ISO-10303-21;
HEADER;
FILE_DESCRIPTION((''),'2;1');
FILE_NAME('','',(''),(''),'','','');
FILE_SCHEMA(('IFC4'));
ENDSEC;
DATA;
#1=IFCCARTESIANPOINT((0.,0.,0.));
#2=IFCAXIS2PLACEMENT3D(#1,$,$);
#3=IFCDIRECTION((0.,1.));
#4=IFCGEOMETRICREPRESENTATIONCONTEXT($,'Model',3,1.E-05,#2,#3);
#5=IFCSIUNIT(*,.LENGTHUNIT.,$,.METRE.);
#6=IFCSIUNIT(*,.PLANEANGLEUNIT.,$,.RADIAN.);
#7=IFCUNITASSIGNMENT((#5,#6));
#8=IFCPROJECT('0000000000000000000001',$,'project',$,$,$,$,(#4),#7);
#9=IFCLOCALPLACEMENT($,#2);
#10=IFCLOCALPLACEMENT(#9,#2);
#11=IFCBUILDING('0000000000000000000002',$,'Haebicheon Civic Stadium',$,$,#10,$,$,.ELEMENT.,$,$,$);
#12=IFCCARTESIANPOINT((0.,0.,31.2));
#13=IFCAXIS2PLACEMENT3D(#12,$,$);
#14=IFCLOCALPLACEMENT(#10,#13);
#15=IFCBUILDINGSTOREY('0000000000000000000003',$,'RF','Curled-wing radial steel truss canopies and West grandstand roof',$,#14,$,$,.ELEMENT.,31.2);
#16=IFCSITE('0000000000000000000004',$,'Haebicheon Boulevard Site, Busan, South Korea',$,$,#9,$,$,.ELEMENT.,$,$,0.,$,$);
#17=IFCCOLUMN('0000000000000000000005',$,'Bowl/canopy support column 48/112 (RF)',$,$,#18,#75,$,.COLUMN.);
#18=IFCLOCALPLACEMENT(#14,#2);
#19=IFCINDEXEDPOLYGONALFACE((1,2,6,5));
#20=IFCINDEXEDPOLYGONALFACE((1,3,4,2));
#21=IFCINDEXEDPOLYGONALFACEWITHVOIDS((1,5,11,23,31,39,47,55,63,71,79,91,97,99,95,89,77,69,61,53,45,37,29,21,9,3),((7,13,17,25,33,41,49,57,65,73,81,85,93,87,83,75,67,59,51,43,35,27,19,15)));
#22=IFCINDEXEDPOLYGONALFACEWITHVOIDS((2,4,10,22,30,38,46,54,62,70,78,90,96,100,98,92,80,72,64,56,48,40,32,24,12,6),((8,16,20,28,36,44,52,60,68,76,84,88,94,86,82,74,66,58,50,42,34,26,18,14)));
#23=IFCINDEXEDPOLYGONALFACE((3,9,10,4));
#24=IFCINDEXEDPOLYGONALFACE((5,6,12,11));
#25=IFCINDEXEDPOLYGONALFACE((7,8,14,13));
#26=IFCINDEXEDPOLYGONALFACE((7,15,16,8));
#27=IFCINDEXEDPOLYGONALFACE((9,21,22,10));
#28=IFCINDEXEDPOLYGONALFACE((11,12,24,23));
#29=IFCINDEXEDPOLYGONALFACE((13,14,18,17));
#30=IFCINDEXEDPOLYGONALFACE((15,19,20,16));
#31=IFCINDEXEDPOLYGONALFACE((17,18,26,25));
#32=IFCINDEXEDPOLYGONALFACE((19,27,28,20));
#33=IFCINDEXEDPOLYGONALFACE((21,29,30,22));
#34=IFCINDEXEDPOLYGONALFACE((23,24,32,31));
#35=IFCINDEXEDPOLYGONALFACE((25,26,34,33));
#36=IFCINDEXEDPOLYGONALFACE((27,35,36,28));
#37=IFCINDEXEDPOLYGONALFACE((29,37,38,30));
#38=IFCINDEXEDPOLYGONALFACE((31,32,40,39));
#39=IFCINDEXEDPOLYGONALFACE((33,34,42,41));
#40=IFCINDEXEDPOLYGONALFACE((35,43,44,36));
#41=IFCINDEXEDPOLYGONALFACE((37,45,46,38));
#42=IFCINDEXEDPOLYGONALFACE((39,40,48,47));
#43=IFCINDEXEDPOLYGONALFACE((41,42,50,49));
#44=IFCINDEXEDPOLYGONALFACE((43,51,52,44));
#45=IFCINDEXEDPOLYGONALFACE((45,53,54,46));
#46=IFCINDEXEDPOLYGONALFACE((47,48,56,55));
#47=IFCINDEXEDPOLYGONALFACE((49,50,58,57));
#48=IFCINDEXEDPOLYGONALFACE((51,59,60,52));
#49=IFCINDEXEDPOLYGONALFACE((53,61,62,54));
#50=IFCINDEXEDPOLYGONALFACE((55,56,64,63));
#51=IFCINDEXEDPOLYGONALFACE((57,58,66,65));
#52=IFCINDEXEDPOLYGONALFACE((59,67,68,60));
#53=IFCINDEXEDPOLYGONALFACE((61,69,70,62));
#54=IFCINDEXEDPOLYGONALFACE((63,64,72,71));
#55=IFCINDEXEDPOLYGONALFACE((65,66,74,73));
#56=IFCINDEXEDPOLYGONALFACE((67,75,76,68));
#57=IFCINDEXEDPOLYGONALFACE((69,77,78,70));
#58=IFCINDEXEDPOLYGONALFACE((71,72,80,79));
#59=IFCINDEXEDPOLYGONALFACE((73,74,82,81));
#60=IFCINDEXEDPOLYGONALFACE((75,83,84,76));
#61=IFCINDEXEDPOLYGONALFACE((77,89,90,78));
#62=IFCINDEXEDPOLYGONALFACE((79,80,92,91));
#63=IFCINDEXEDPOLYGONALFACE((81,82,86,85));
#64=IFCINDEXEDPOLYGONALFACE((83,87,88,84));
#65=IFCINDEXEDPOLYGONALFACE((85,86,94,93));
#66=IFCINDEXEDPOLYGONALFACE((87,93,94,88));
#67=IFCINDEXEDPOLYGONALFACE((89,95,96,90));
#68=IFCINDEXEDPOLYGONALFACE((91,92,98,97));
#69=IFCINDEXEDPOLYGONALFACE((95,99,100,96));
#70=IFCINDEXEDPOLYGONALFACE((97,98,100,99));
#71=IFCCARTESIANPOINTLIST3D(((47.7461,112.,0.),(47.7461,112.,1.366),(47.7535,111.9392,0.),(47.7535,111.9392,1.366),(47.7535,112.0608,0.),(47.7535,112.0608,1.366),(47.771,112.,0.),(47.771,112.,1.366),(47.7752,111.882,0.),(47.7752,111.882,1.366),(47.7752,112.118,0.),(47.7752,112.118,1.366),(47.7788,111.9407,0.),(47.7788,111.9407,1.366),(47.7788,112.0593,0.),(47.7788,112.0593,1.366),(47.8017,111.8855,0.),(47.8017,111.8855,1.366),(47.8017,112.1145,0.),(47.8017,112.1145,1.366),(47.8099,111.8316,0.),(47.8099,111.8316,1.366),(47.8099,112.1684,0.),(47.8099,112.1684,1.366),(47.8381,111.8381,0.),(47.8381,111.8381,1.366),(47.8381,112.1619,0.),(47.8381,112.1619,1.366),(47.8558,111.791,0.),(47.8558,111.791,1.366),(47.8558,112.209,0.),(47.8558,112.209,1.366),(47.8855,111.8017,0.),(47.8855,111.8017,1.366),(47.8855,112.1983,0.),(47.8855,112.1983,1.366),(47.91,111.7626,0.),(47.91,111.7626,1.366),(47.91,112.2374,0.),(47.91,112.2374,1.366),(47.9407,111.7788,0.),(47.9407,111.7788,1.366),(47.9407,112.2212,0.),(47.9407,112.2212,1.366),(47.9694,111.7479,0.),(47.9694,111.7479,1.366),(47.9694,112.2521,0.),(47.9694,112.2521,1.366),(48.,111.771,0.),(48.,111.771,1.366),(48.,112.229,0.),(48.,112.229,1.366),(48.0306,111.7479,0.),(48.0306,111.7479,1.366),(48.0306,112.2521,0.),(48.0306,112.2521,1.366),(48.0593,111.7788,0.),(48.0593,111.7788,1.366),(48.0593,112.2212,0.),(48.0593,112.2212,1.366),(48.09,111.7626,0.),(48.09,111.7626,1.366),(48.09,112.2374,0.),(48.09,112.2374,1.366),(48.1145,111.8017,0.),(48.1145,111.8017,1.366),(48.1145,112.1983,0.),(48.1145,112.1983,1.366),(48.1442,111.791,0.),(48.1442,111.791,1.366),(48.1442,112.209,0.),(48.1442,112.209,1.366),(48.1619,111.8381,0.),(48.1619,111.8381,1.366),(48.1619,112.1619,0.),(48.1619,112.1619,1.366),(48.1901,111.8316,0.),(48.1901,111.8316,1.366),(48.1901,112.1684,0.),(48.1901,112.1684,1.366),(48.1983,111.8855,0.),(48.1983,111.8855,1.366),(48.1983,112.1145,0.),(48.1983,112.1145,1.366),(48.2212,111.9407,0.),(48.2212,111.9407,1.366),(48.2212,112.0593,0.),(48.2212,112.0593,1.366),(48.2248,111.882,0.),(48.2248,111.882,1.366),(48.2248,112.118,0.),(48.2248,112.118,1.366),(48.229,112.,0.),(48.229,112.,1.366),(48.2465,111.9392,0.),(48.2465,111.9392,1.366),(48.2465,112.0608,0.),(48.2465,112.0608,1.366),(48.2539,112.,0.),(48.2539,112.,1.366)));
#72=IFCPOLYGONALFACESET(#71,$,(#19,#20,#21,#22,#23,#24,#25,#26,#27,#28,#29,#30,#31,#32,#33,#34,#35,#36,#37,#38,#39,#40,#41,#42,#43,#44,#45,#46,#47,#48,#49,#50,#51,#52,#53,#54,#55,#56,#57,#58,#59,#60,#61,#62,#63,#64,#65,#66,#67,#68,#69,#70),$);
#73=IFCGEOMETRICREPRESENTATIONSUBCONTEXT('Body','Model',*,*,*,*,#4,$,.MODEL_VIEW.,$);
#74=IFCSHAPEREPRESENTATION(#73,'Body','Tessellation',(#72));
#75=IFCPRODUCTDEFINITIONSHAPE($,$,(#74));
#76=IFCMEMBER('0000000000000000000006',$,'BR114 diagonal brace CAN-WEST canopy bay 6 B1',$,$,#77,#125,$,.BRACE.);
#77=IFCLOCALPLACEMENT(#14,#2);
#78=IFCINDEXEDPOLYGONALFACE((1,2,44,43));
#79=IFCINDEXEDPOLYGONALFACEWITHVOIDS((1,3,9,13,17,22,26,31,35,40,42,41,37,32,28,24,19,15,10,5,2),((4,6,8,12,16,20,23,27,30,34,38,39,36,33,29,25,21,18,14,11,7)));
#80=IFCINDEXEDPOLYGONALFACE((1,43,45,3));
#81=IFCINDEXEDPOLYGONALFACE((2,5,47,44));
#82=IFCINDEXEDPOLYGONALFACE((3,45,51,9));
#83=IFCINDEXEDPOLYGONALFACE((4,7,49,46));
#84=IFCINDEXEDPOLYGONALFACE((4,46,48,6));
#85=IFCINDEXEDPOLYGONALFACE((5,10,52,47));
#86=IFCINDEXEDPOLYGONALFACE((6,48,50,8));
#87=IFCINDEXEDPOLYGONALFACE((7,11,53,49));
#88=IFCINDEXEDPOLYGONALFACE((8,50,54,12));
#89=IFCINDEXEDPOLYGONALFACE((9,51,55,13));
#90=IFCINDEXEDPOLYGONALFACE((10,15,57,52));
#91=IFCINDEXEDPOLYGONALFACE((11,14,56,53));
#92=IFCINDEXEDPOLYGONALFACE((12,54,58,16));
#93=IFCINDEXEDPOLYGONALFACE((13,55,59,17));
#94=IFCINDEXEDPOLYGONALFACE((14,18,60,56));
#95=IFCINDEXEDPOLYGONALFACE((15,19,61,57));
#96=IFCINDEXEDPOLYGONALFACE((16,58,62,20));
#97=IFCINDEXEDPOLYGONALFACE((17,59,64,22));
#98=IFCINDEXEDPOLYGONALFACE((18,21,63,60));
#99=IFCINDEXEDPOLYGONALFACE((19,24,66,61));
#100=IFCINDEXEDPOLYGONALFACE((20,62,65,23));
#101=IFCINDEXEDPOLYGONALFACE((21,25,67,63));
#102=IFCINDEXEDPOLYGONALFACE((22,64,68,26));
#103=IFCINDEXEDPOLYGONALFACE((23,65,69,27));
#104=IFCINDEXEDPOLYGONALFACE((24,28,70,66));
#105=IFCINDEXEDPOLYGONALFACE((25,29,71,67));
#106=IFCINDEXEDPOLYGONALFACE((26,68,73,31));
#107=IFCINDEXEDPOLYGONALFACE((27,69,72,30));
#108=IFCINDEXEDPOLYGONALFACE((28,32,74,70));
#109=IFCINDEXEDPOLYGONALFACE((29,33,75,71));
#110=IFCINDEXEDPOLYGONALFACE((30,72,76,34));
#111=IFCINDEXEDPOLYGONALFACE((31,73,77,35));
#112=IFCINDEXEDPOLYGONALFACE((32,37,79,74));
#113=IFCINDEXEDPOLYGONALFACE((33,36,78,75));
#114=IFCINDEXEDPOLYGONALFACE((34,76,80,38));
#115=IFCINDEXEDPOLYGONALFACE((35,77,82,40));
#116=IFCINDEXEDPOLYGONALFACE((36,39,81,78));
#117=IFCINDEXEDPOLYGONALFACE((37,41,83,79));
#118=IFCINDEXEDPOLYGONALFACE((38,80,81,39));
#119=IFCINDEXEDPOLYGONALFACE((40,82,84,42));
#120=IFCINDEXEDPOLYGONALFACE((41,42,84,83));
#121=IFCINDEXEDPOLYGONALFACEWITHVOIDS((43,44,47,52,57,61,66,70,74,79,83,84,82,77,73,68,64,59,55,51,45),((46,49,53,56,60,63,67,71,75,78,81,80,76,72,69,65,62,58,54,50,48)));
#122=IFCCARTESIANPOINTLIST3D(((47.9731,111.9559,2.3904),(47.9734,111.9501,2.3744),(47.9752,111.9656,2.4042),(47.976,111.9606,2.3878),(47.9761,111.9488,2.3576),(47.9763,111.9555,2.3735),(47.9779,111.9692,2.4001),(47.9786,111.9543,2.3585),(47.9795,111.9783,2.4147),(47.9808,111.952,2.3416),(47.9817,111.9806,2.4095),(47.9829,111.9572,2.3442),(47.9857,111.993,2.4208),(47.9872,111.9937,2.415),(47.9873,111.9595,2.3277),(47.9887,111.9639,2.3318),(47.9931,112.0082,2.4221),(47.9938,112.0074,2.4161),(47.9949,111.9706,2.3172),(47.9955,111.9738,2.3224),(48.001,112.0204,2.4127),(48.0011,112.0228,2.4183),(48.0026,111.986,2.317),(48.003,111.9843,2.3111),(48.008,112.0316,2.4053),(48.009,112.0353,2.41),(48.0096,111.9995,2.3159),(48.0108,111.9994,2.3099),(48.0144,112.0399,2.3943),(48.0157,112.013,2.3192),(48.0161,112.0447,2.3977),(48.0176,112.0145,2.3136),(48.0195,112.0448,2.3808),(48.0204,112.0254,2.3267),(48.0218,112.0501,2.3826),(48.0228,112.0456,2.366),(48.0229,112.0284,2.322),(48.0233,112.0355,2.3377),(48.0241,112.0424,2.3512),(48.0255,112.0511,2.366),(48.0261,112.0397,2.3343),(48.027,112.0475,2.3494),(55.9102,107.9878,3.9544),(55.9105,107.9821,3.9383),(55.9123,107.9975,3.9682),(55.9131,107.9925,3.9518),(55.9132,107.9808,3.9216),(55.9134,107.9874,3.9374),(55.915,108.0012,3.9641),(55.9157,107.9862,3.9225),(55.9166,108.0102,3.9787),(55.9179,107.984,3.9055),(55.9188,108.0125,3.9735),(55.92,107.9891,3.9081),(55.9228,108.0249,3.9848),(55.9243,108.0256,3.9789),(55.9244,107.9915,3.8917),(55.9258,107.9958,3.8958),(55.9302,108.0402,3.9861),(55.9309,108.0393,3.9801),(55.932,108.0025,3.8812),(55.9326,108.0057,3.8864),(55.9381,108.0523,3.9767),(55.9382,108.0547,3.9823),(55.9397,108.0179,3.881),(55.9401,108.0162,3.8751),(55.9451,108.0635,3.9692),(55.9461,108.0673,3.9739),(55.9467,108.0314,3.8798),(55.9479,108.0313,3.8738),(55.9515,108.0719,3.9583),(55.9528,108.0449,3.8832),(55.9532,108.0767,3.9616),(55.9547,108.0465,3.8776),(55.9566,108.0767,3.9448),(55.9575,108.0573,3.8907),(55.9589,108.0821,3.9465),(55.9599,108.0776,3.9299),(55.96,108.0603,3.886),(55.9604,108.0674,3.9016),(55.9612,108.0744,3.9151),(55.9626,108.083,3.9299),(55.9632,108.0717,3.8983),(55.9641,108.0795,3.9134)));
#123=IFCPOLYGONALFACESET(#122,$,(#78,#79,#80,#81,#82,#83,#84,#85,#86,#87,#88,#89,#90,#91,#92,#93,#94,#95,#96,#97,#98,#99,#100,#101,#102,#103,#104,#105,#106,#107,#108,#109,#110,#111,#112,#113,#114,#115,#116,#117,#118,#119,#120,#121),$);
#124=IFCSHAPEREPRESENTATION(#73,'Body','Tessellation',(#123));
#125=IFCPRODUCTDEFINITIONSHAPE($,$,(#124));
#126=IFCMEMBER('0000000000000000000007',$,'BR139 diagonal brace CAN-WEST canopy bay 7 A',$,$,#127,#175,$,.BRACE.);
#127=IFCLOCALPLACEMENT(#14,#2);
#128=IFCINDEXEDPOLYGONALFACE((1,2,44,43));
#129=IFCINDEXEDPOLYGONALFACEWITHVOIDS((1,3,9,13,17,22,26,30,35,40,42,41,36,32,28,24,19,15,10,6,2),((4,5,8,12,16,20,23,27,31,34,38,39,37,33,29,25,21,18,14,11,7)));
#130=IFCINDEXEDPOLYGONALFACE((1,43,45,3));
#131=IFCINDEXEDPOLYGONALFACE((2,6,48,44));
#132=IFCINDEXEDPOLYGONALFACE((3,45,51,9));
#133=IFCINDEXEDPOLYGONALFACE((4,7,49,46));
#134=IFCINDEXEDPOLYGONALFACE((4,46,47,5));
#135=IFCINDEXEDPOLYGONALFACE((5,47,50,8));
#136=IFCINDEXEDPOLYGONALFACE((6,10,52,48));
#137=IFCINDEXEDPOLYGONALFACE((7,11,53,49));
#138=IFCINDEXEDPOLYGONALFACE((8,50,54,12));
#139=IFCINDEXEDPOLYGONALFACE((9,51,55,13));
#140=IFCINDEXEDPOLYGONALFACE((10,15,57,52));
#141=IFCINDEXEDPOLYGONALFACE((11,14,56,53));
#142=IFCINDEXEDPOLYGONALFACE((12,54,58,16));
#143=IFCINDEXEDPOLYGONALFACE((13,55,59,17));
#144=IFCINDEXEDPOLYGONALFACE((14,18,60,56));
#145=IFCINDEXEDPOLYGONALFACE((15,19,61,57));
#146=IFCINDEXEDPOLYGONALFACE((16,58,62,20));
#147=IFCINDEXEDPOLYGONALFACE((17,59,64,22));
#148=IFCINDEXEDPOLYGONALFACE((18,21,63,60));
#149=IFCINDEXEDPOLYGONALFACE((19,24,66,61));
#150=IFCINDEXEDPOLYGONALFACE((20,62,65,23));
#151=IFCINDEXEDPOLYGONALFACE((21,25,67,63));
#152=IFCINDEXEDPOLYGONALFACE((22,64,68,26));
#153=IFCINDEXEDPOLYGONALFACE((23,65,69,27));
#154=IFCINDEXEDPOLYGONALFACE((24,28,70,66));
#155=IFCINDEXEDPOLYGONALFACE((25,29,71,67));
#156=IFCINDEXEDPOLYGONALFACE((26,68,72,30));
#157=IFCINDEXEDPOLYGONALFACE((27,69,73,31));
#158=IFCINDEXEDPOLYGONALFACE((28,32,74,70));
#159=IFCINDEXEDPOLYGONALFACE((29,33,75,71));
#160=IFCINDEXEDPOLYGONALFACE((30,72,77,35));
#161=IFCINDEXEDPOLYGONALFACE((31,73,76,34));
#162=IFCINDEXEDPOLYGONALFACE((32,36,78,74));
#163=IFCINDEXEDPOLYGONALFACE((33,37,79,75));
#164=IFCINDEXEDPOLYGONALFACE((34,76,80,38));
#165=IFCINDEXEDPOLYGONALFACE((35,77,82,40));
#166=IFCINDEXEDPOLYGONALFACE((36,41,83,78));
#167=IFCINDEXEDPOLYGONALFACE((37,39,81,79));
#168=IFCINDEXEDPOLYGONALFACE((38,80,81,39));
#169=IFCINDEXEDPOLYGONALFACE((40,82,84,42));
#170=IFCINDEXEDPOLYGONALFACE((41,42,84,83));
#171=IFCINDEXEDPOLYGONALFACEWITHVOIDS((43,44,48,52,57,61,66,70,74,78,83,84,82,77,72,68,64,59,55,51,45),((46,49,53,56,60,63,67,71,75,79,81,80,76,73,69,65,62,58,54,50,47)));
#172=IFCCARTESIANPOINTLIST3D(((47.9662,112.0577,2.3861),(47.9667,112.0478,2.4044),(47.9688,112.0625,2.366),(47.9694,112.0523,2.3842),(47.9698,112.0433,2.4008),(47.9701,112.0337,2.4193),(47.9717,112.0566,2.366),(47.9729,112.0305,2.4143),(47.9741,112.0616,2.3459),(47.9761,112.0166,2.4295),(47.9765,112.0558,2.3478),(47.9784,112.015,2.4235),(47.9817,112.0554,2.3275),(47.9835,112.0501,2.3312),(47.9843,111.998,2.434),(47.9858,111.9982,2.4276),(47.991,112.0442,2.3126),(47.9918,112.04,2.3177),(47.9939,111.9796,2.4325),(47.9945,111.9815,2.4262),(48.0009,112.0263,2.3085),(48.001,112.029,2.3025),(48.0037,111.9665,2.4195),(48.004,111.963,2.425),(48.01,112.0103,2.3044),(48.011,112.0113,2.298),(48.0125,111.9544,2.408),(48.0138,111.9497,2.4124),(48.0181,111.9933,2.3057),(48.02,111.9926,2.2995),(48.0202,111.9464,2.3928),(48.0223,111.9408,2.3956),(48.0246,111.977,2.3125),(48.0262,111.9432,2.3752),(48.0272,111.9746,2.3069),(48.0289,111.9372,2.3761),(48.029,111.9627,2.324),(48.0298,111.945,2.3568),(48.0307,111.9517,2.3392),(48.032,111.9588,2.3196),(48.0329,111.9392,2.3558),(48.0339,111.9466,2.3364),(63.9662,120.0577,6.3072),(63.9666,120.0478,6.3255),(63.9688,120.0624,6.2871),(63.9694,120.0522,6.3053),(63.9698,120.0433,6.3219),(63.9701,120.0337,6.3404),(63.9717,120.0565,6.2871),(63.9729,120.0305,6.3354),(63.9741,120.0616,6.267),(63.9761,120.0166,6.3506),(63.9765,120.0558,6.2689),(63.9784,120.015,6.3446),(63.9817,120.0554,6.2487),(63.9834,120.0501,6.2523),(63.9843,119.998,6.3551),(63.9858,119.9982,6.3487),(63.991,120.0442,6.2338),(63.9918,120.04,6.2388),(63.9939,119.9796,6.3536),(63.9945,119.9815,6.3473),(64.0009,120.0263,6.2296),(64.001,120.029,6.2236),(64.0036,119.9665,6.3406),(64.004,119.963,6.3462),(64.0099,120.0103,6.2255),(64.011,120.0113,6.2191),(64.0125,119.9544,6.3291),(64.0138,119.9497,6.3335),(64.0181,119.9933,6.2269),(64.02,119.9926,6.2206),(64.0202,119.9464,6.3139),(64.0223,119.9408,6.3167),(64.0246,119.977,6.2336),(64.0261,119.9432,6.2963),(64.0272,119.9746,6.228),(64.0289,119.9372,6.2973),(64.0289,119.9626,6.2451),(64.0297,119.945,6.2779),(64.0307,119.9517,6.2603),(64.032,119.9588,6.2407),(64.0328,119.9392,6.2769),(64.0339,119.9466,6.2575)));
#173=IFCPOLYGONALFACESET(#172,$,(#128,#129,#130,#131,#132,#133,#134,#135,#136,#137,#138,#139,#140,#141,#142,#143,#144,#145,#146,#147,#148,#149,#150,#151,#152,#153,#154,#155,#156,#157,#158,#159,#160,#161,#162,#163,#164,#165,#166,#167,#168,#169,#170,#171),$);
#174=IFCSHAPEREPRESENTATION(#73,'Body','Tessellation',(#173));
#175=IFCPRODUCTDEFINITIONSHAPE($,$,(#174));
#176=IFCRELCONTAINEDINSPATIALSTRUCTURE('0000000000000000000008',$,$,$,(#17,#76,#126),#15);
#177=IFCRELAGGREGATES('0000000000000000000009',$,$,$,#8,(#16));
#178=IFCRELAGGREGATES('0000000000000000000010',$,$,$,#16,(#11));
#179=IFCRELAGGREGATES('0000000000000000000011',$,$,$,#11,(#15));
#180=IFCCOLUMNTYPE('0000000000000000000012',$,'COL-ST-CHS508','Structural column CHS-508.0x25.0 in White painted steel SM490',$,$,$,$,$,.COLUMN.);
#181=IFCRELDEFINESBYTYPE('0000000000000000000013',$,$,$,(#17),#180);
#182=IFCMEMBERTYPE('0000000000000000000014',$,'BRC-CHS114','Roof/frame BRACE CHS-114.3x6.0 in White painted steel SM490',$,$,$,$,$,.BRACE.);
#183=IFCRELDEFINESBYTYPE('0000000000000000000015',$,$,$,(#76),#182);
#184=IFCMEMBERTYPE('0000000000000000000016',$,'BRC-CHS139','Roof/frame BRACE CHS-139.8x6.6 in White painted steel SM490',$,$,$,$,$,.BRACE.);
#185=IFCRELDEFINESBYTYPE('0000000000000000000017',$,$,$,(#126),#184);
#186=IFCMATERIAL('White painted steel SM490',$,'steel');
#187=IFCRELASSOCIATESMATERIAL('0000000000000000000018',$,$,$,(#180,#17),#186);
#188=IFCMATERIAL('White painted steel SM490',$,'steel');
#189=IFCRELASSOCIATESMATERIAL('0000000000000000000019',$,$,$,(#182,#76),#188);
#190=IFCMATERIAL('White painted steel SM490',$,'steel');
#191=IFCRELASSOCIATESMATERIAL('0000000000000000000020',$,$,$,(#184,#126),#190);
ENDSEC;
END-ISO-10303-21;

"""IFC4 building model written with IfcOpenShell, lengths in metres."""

from ifc_helpers import new_model, si_unit, direction, frame, origin, origin_2d, place, context, subcontext, project, spatial, hollow_circle, extrude, material, material_profile, profile_set, type_object, element, save


model = new_model("IFC4")

# Units and contexts
model_context = context("Model", 3, precision=1e-05, world=origin(), true_north=direction((0.0, 1.0)))
body_context = subcontext(model_context, "Body", "Model", "MODEL_VIEW")
ifc_project = project(units=[si_unit("LENGTHUNIT", "METRE"), si_unit("PLANEANGLEUNIT", "RADIAN")], contexts=[model_context])

# Site, building, storey
site_placement = place(None, origin())
site = spatial("IfcSite", under=ifc_project, at=site_placement, Name="Haebicheon Boulevard Site, Busan, South Korea", CompositionType="ELEMENT", RefElevation=0.0)
building_placement = place(site_placement, origin())
building = spatial("IfcBuilding", under=site, at=building_placement, Name="Haebicheon Civic Stadium", CompositionType="ELEMENT")
storey_placement = place(building_placement, frame((0.0, 0.0, 31.2)))
storey = spatial("IfcBuildingStorey", under=building, at=storey_placement, Name="RF", Description="Curled-wing radial steel truss canopies and West grandstand roof", CompositionType="ELEMENT", Elevation=31.2)

# Column
ifc_material_1 = material(Name="White painted steel SM490", Category="steel")
ifc_material_profile_1 = material_profile(ifc_material_1, hollow_circle(Radius=0.2539, WallThickness=0.0249, at=origin_2d()), Name="CHS-508.0x25.0")
ifc_profile_set_1 = profile_set([ifc_material_profile_1], Name="White painted steel SM490")
column_type = type_object("IfcColumnType", Name="COL-ST-CHS508", Description="Structural column CHS-508.0x25.0 in White painted steel SM490", PredefinedType="COLUMN", material=ifc_profile_set_1)
column_placement = place(storey_placement, frame((48.0, 112.0, 0.0), z_axis=(0.0, 0.0, 1.0), x_axis=(1.0, 0.0, 0.0)))
element("IfcColumn", 1, at=column_placement, inside=storey, type_object=column_type, material=ifc_profile_set_1, Name="Bowl/canopy support column 48/112 (RF)", PredefinedType="COLUMN", context=body_context, shape_type="SweptSolid", body=[
    extrude(hollow_circle(Radius=0.2539, WallThickness=0.0249, at=origin_2d()), origin(), (0.0, 0.0, 1.0), 1.366),
])

# Members
ifc_material_2 = material(Name="White painted steel SM490", Category="steel")
ifc_material_profile_2 = material_profile(ifc_material_2, hollow_circle(Radius=0.0571, WallThickness=0.0061, at=origin_2d()), Name="CHS-114.3x6.0")
ifc_profile_set_2 = profile_set([ifc_material_profile_2], Name="White painted steel SM490")
member_type_1 = type_object("IfcMemberType", Name="BRC-CHS114", Description="Roof/frame BRACE CHS-114.3x6.0 in White painted steel SM490", PredefinedType="BRACE", material=ifc_profile_set_2)
member_1_placement = place(storey_placement, frame((48.0, 112.0, 2.366), z_axis=(0.880872, -0.440382, 0.173573), x_axis=(0.44717, 0.894449, 0.0)))
element("IfcMember", 2, at=member_1_placement, inside=storey, type_object=member_type_1, material=ifc_profile_set_2, Name="BR114 diagonal brace CAN-WEST canopy bay 6 B1", PredefinedType="BRACE", context=body_context, shape_type="SweptSolid", body=[
    extrude(hollow_circle(Radius=0.0571, WallThickness=0.0061, at=origin_2d()), origin(), (0.0, 0.0, 1.0), 9.0105),
])
ifc_material_3 = material(Name="White painted steel SM490", Category="steel")
ifc_material_profile_3 = material_profile(ifc_material_3, hollow_circle(Radius=0.0698, WallThickness=0.0066, at=origin_2d()), Name="CHS-139.8x6.6")
ifc_profile_set_3 = profile_set([ifc_material_profile_3], Name="White painted steel SM490")
member_type_2 = type_object("IfcMemberType", Name="BRC-CHS139", Description="Roof/frame BRACE CHS-139.8x6.6 in White painted steel SM490", PredefinedType="BRACE", material=ifc_profile_set_3)
member_2_placement = place(storey_placement, frame((48.0, 112.0, 2.366), z_axis=(0.873684, 0.436842, 0.214115), x_axis=(-0.447214, 0.894427, 0.0)))
element("IfcMember", 3, at=member_2_placement, inside=storey, type_object=member_type_2, material=ifc_profile_set_3, Name="BR139 diagonal brace CAN-WEST canopy bay 7 A", PredefinedType="BRACE", context=body_context, shape_type="SweptSolid", body=[
    extrude(hollow_circle(Radius=0.0698, WallThickness=0.0066, at=origin_2d()), origin(), (0.0, 0.0, 1.0), 18.3132),
])

save(model, "model.ifc")
